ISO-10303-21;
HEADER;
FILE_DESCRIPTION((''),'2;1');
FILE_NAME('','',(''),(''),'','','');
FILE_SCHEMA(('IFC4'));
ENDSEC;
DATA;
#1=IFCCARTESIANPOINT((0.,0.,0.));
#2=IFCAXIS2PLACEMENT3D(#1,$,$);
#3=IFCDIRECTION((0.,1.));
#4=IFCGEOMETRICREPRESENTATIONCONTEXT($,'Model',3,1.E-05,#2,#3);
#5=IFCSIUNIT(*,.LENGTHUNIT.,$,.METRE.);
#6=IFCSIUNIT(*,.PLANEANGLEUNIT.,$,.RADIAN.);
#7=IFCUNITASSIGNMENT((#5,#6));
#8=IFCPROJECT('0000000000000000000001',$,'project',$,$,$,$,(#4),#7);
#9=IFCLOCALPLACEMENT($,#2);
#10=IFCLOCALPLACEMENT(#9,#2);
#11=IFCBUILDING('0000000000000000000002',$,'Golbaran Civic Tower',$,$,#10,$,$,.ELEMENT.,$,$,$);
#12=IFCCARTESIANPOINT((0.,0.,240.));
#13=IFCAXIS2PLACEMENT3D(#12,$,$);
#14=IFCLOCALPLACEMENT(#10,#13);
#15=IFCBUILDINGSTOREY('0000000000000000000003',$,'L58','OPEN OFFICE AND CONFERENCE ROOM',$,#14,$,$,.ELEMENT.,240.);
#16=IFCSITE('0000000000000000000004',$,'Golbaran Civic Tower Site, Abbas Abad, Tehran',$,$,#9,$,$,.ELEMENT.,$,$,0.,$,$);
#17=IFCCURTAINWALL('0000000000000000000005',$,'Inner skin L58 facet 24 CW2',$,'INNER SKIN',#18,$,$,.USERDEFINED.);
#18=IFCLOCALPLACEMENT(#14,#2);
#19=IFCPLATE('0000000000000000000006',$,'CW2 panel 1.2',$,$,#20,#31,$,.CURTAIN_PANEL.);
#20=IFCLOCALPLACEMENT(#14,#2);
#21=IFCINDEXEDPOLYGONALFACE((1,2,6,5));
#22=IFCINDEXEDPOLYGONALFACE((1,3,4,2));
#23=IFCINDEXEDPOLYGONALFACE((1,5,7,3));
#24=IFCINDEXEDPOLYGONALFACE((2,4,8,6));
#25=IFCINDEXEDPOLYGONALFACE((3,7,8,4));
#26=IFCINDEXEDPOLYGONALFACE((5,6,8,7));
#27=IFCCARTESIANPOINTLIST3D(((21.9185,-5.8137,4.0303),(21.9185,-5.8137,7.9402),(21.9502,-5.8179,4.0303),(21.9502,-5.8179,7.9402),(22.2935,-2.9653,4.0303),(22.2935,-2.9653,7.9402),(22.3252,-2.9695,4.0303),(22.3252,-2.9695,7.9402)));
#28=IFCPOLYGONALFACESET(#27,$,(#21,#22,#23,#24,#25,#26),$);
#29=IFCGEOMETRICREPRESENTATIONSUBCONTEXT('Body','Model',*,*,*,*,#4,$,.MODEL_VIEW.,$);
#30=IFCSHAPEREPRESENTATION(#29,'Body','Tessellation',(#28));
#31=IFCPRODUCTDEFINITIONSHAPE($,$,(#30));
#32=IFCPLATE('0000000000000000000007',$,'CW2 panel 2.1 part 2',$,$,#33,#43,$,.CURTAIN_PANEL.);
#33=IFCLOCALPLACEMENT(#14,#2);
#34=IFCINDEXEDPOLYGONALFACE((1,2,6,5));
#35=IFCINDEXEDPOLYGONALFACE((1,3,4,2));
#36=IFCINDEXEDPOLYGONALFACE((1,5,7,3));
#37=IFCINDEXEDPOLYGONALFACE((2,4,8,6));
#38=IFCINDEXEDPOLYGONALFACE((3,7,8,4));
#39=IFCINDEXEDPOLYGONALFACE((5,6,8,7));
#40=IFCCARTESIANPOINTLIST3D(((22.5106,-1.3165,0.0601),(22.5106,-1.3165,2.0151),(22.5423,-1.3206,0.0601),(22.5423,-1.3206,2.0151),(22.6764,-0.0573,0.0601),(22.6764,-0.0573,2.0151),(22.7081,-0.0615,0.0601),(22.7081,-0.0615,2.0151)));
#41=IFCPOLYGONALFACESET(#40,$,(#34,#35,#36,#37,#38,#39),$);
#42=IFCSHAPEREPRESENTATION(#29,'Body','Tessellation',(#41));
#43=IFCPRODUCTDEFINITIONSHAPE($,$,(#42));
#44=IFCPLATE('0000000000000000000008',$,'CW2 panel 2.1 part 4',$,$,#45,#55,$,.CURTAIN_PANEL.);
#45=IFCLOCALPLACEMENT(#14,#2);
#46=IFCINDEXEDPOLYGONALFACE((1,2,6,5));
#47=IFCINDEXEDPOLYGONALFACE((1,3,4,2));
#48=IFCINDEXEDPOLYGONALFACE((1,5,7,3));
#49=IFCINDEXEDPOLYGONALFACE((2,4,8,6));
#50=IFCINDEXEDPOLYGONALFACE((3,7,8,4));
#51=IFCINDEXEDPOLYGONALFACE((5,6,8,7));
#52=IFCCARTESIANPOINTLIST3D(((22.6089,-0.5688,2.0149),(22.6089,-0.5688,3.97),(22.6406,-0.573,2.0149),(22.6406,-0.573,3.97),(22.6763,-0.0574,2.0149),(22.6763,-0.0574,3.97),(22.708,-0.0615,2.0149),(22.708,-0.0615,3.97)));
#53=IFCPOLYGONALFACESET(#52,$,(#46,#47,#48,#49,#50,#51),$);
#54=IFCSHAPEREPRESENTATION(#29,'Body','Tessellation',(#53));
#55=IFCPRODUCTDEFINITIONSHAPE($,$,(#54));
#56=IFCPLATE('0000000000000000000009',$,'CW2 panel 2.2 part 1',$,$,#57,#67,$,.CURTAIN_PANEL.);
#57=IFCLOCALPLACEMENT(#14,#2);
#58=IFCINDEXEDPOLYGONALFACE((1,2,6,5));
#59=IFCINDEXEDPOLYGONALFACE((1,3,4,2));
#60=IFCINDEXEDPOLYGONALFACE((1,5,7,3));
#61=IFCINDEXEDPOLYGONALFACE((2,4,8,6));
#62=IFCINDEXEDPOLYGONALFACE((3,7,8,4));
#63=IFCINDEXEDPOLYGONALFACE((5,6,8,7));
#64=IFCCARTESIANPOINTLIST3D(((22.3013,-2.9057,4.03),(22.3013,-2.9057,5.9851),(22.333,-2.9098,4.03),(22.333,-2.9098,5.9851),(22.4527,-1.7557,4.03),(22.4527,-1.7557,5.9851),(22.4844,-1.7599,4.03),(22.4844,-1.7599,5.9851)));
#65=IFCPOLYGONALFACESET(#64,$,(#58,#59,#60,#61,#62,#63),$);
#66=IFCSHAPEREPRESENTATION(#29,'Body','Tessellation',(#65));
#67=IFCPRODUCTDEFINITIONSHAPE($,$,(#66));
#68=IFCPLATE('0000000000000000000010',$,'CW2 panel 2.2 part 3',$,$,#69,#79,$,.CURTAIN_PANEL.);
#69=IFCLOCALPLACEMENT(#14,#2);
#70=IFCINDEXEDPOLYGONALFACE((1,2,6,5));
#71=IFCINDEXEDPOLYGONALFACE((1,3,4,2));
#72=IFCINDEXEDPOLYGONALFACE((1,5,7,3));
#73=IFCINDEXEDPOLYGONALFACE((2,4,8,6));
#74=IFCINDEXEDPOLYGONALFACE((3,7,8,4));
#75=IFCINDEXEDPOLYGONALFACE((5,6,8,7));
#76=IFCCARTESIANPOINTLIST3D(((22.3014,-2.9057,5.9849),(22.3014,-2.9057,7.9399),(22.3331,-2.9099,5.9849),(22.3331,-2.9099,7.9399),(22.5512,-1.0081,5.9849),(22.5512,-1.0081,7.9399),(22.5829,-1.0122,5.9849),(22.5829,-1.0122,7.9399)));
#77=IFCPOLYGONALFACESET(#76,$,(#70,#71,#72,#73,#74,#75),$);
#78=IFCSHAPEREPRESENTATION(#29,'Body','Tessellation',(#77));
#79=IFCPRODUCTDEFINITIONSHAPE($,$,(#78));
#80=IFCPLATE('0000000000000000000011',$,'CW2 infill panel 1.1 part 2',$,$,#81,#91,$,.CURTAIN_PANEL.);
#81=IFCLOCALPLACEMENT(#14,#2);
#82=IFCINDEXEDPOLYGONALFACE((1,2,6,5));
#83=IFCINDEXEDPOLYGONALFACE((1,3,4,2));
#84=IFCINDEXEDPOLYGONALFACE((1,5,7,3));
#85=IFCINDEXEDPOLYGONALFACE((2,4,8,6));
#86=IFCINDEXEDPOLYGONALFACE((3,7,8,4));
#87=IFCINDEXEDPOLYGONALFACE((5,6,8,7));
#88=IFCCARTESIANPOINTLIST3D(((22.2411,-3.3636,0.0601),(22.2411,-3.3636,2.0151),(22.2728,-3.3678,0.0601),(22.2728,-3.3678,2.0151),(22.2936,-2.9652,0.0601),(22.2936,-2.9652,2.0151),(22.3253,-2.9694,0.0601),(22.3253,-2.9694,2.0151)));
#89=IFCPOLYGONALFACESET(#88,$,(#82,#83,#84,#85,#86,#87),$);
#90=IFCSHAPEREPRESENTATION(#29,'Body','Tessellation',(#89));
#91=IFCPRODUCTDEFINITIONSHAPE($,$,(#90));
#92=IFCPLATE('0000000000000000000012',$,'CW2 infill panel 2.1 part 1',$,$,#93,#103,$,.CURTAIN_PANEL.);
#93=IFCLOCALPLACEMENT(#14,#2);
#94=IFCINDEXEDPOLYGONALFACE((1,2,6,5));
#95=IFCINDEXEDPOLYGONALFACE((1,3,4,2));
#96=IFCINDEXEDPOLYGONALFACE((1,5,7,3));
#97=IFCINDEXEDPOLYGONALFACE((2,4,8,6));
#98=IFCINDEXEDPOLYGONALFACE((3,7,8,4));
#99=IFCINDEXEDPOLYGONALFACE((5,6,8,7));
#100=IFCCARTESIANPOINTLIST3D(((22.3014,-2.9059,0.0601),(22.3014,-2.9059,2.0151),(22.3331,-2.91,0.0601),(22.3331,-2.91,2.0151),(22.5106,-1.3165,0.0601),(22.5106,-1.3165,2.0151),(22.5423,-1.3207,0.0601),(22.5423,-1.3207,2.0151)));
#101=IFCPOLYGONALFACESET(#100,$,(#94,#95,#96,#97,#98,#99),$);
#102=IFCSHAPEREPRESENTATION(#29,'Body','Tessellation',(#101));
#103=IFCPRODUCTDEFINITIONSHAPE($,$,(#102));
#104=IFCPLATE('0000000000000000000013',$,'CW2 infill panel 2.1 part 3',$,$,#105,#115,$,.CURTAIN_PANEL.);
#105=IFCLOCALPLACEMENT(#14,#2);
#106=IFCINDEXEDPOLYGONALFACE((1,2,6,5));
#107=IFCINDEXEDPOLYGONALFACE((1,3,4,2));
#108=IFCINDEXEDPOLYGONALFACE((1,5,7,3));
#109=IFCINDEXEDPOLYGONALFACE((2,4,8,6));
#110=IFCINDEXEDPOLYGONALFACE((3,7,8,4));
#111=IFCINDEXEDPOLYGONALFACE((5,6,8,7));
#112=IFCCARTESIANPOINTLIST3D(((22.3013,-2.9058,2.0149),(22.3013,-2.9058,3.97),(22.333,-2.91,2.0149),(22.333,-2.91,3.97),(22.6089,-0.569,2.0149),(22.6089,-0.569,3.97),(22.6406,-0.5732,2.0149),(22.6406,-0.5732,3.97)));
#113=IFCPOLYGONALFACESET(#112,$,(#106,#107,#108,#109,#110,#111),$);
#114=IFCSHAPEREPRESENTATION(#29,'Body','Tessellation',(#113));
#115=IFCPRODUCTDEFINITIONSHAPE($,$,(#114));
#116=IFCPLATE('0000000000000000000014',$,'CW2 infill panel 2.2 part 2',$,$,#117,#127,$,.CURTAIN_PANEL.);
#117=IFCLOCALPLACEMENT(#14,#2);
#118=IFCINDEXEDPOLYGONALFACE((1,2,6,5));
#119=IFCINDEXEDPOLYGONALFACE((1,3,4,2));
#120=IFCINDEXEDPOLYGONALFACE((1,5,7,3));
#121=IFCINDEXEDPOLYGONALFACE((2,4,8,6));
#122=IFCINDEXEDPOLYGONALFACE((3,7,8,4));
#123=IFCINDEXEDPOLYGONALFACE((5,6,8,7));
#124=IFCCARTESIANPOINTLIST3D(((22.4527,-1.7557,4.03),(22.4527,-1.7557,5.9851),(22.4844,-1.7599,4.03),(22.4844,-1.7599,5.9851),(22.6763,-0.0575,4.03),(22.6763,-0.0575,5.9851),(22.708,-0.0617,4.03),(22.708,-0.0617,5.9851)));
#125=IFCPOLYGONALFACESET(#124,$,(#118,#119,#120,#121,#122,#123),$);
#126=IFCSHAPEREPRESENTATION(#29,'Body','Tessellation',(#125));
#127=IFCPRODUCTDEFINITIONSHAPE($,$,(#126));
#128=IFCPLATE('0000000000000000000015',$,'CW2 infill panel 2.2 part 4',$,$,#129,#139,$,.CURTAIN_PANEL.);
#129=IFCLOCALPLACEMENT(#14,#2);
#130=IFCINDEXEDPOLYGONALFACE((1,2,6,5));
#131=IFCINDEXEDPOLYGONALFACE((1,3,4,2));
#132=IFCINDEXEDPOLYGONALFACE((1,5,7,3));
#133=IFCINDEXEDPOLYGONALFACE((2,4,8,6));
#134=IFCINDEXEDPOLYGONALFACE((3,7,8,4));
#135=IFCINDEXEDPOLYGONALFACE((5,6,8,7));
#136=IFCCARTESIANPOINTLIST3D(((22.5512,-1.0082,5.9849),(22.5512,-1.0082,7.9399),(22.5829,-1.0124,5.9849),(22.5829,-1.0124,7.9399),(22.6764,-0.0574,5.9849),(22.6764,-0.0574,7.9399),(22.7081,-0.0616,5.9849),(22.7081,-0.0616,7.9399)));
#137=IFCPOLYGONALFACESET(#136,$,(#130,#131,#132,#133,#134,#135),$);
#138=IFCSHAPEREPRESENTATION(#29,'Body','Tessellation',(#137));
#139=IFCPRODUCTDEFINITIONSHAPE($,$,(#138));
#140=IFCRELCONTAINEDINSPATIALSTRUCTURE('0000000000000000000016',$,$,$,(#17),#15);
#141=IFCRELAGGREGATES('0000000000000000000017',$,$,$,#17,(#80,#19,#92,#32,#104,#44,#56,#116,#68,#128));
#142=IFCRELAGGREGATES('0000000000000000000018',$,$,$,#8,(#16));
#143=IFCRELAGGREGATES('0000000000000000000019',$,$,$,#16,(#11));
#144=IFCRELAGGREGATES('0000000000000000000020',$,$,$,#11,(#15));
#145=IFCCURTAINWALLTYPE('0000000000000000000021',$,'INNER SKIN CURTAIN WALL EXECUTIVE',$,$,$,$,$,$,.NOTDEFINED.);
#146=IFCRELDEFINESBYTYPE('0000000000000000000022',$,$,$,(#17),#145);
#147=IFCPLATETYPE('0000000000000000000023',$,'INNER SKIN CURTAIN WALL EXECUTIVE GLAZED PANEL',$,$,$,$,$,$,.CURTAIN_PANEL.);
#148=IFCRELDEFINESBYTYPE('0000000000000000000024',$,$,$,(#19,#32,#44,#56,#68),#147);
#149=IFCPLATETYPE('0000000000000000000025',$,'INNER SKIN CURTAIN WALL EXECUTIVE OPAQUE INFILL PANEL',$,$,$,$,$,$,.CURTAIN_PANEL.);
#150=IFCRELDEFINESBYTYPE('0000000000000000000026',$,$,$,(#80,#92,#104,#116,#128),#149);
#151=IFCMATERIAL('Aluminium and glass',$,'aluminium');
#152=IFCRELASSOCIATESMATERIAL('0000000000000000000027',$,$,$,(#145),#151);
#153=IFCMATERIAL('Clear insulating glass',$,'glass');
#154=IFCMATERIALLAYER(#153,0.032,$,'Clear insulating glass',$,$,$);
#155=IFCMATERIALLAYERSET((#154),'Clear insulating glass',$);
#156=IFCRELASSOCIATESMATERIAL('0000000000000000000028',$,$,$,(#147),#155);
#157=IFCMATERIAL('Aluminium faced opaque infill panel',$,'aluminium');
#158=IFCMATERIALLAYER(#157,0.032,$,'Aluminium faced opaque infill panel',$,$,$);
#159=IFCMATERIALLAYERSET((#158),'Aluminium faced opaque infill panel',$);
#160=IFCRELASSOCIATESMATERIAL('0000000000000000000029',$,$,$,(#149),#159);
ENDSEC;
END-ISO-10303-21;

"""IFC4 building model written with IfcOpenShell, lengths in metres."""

from ifc_helpers import new_model, si_unit, direction, frame, origin, origin_2d, place, context, subcontext, project, spatial, rectangle, extrude, material, layer, layer_set, type_object, element, aggregate, save


model = new_model("IFC4")

# Units and contexts
model_context = context("Model", 3, precision=1e-05, world=origin(), true_north=direction((0.0, 1.0)))
body_context = subcontext(model_context, "Body", "Model", "MODEL_VIEW")
ifc_project = project(units=[si_unit("LENGTHUNIT", "METRE"), si_unit("PLANEANGLEUNIT", "RADIAN")], contexts=[model_context])

# Site, building, storey
site_placement = place(None, origin())
site = spatial("IfcSite", under=ifc_project, at=site_placement, Name="Golbaran Civic Tower Site, Abbas Abad, Tehran", CompositionType="ELEMENT", RefElevation=0.0)
building_placement = place(site_placement, origin())
building = spatial("IfcBuilding", under=site, at=building_placement, Name="Golbaran Civic Tower", CompositionType="ELEMENT")
storey_placement = place(building_placement, frame((0.0, 0.0, 240.0)))
storey = spatial("IfcBuildingStorey", under=building, at=storey_placement, Name="L58", Description="OPEN OFFICE AND CONFERENCE ROOM", CompositionType="ELEMENT", Elevation=240.0)

# Shared definitions
ifc_material_1 = material(Name="Aluminium and glass", Category="aluminium")
curtain_wall_type = type_object("IfcCurtainWallType", Name="INNER SKIN CURTAIN WALL EXECUTIVE", PredefinedType="NOTDEFINED", material=ifc_material_1)

# Curtain wall
curtain_wall_1_placement = place(storey_placement, origin())
curtain_wall_1 = element("IfcCurtainWall", 1, at=curtain_wall_1_placement, inside=storey, type_object=curtain_wall_type, Name="Inner skin L58 facet 24 CW2", ObjectType="INNER SKIN", PredefinedType="USERDEFINED")

# Plates
ifc_material_2 = material(Name="Clear insulating glass", Category="glass")
ifc_layer_1 = layer(ifc_material_2, 0.032, Name="Clear insulating glass")
ifc_layer_set_1 = layer_set([ifc_layer_1], Name="Clear insulating glass")
plate_type_1 = type_object("IfcPlateType", Name="INNER SKIN CURTAIN WALL EXECUTIVE GLAZED PANEL", PredefinedType="CURTAIN_PANEL", material=ifc_layer_set_1)
plate_1_placement = place(storey_placement, frame((22.1218, -4.3916, 4.0303), z_axis=(0.0, 0.0, 1.0), x_axis=(0.130526, 0.991445, 0.0)))
plate_1 = element("IfcPlate", 2, at=plate_1_placement, type_object=plate_type_1, Name="CW2 panel 1.2", PredefinedType="CURTAIN_PANEL", context=body_context, shape_type="SweptSolid", body=[
    extrude(rectangle(XDim=2.873, YDim=0.032, at=origin_2d()), origin(), (0.0, 0.0, 1.0), 3.9099),
])
plate_2_placement = place(storey_placement, frame((22.6094, -0.689, 0.0601), z_axis=(0.0, 0.0, 1.0), x_axis=(0.130526, 0.991445, 0.0)))
plate_2 = element("IfcPlate", 3, at=plate_2_placement, type_object=plate_type_1, Name="CW2 panel 2.1 part 2", PredefinedType="CURTAIN_PANEL", context=body_context, shape_type="SweptSolid", body=[
    extrude(rectangle(XDim=1.27, YDim=0.032, at=origin_2d()), origin(), (0.0, 0.0, 1.0), 1.9551),
])
plate_3_placement = place(storey_placement, frame((22.6584, -0.3152, 2.0149), z_axis=(0.0, 0.0, 1.0), x_axis=(0.130526, 0.991445, 0.0)))
plate_3 = element("IfcPlate", 4, at=plate_3_placement, type_object=plate_type_1, Name="CW2 panel 2.1 part 4", PredefinedType="CURTAIN_PANEL", context=body_context, shape_type="SweptSolid", body=[
    extrude(rectangle(XDim=0.5159, YDim=0.032, at=origin_2d()), origin(), (0.0, 0.0, 1.0), 1.9551),
])
plate_4_placement = place(storey_placement, frame((22.3928, -2.3328, 4.03), z_axis=(0.0, 0.0, 1.0), x_axis=(0.130526, 0.991445, 0.0)))
plate_4 = element("IfcPlate", 5, at=plate_4_placement, type_object=plate_type_1, Name="CW2 panel 2.2 part 1", PredefinedType="CURTAIN_PANEL", context=body_context, shape_type="SweptSolid", body=[
    extrude(rectangle(XDim=1.1599, YDim=0.032, at=origin_2d()), origin(), (0.0, 0.0, 1.0), 1.9551),
])
plate_5_placement = place(storey_placement, frame((22.4421, -1.959, 5.9849), z_axis=(0.0, 0.0, 1.0), x_axis=(0.130526, 0.991445, 0.0)))
plate_5 = element("IfcPlate", 6, at=plate_5_placement, type_object=plate_type_1, Name="CW2 panel 2.2 part 3", PredefinedType="CURTAIN_PANEL", context=body_context, shape_type="SweptSolid", body=[
    extrude(rectangle(XDim=1.9141, YDim=0.032, at=origin_2d()), origin(), (0.0, 0.0, 1.0), 1.9551),
])
ifc_material_3 = material(Name="Aluminium faced opaque infill panel", Category="aluminium")
ifc_layer_2 = layer(ifc_material_3, 0.032, Name="Aluminium faced opaque infill panel")
ifc_layer_set_2 = layer_set([ifc_layer_2], Name="Aluminium faced opaque infill panel")
plate_type_2 = type_object("IfcPlateType", Name="INNER SKIN CURTAIN WALL EXECUTIVE OPAQUE INFILL PANEL", PredefinedType="CURTAIN_PANEL", material=ifc_layer_set_2)
plate_6_placement = place(storey_placement, frame((22.2832, -3.1665, 0.0601), z_axis=(0.0, 0.0, 1.0), x_axis=(0.130526, 0.991445, 0.0)))
plate_6 = element("IfcPlate", 7, at=plate_6_placement, type_object=plate_type_2, Name="CW2 infill panel 1.1 part 2", PredefinedType="CURTAIN_PANEL", context=body_context, shape_type="SweptSolid", body=[
    extrude(rectangle(XDim=0.4019, YDim=0.032, at=origin_2d()), origin(), (0.0, 0.0, 1.0), 1.9551),
])
plate_7_placement = place(storey_placement, frame((22.4219, -2.1133, 0.0601), z_axis=(0.0, 0.0, 1.0), x_axis=(0.130526, 0.991445, 0.0)))
plate_7 = element("IfcPlate", 8, at=plate_7_placement, type_object=plate_type_2, Name="CW2 infill panel 2.1 part 1", PredefinedType="CURTAIN_PANEL", context=body_context, shape_type="SweptSolid", body=[
    extrude(rectangle(XDim=1.603, YDim=0.032, at=origin_2d()), origin(), (0.0, 0.0, 1.0), 1.9551),
])
plate_8_placement = place(storey_placement, frame((22.4709, -1.7395, 2.0149), z_axis=(0.0, 0.0, 1.0), x_axis=(0.130526, 0.991445, 0.0)))
plate_8 = element("IfcPlate", 9, at=plate_8_placement, type_object=plate_type_2, Name="CW2 infill panel 2.1 part 3", PredefinedType="CURTAIN_PANEL", context=body_context, shape_type="SweptSolid", body=[
    extrude(rectangle(XDim=2.3569, YDim=0.032, at=origin_2d()), origin(), (0.0, 0.0, 1.0), 1.9551),
])
plate_9_placement = place(storey_placement, frame((22.5803, -0.9087, 4.03), z_axis=(0.0, 0.0, 1.0), x_axis=(0.130526, 0.991445, 0.0)))
plate_9 = element("IfcPlate", 10, at=plate_9_placement, type_object=plate_type_2, Name="CW2 infill panel 2.2 part 2", PredefinedType="CURTAIN_PANEL", context=body_context, shape_type="SweptSolid", body=[
    extrude(rectangle(XDim=1.7129, YDim=0.032, at=origin_2d()), origin(), (0.0, 0.0, 1.0), 1.9551),
])
plate_10_placement = place(storey_placement, frame((22.6296, -0.5349, 5.9849), z_axis=(0.0, 0.0, 1.0), x_axis=(0.130526, 0.991445, 0.0)))
plate_10 = element("IfcPlate", 11, at=plate_10_placement, type_object=plate_type_2, Name="CW2 infill panel 2.2 part 4", PredefinedType="CURTAIN_PANEL", context=body_context, shape_type="SweptSolid", body=[
    extrude(rectangle(XDim=0.959, YDim=0.032, at=origin_2d()), origin(), (0.0, 0.0, 1.0), 1.9551),
])
aggregate(curtain_wall_1, [plate_6, plate_1, plate_7, plate_2, plate_8, plate_3, plate_4, plate_9, plate_5, plate_10])

save(model, "model.ifc")
